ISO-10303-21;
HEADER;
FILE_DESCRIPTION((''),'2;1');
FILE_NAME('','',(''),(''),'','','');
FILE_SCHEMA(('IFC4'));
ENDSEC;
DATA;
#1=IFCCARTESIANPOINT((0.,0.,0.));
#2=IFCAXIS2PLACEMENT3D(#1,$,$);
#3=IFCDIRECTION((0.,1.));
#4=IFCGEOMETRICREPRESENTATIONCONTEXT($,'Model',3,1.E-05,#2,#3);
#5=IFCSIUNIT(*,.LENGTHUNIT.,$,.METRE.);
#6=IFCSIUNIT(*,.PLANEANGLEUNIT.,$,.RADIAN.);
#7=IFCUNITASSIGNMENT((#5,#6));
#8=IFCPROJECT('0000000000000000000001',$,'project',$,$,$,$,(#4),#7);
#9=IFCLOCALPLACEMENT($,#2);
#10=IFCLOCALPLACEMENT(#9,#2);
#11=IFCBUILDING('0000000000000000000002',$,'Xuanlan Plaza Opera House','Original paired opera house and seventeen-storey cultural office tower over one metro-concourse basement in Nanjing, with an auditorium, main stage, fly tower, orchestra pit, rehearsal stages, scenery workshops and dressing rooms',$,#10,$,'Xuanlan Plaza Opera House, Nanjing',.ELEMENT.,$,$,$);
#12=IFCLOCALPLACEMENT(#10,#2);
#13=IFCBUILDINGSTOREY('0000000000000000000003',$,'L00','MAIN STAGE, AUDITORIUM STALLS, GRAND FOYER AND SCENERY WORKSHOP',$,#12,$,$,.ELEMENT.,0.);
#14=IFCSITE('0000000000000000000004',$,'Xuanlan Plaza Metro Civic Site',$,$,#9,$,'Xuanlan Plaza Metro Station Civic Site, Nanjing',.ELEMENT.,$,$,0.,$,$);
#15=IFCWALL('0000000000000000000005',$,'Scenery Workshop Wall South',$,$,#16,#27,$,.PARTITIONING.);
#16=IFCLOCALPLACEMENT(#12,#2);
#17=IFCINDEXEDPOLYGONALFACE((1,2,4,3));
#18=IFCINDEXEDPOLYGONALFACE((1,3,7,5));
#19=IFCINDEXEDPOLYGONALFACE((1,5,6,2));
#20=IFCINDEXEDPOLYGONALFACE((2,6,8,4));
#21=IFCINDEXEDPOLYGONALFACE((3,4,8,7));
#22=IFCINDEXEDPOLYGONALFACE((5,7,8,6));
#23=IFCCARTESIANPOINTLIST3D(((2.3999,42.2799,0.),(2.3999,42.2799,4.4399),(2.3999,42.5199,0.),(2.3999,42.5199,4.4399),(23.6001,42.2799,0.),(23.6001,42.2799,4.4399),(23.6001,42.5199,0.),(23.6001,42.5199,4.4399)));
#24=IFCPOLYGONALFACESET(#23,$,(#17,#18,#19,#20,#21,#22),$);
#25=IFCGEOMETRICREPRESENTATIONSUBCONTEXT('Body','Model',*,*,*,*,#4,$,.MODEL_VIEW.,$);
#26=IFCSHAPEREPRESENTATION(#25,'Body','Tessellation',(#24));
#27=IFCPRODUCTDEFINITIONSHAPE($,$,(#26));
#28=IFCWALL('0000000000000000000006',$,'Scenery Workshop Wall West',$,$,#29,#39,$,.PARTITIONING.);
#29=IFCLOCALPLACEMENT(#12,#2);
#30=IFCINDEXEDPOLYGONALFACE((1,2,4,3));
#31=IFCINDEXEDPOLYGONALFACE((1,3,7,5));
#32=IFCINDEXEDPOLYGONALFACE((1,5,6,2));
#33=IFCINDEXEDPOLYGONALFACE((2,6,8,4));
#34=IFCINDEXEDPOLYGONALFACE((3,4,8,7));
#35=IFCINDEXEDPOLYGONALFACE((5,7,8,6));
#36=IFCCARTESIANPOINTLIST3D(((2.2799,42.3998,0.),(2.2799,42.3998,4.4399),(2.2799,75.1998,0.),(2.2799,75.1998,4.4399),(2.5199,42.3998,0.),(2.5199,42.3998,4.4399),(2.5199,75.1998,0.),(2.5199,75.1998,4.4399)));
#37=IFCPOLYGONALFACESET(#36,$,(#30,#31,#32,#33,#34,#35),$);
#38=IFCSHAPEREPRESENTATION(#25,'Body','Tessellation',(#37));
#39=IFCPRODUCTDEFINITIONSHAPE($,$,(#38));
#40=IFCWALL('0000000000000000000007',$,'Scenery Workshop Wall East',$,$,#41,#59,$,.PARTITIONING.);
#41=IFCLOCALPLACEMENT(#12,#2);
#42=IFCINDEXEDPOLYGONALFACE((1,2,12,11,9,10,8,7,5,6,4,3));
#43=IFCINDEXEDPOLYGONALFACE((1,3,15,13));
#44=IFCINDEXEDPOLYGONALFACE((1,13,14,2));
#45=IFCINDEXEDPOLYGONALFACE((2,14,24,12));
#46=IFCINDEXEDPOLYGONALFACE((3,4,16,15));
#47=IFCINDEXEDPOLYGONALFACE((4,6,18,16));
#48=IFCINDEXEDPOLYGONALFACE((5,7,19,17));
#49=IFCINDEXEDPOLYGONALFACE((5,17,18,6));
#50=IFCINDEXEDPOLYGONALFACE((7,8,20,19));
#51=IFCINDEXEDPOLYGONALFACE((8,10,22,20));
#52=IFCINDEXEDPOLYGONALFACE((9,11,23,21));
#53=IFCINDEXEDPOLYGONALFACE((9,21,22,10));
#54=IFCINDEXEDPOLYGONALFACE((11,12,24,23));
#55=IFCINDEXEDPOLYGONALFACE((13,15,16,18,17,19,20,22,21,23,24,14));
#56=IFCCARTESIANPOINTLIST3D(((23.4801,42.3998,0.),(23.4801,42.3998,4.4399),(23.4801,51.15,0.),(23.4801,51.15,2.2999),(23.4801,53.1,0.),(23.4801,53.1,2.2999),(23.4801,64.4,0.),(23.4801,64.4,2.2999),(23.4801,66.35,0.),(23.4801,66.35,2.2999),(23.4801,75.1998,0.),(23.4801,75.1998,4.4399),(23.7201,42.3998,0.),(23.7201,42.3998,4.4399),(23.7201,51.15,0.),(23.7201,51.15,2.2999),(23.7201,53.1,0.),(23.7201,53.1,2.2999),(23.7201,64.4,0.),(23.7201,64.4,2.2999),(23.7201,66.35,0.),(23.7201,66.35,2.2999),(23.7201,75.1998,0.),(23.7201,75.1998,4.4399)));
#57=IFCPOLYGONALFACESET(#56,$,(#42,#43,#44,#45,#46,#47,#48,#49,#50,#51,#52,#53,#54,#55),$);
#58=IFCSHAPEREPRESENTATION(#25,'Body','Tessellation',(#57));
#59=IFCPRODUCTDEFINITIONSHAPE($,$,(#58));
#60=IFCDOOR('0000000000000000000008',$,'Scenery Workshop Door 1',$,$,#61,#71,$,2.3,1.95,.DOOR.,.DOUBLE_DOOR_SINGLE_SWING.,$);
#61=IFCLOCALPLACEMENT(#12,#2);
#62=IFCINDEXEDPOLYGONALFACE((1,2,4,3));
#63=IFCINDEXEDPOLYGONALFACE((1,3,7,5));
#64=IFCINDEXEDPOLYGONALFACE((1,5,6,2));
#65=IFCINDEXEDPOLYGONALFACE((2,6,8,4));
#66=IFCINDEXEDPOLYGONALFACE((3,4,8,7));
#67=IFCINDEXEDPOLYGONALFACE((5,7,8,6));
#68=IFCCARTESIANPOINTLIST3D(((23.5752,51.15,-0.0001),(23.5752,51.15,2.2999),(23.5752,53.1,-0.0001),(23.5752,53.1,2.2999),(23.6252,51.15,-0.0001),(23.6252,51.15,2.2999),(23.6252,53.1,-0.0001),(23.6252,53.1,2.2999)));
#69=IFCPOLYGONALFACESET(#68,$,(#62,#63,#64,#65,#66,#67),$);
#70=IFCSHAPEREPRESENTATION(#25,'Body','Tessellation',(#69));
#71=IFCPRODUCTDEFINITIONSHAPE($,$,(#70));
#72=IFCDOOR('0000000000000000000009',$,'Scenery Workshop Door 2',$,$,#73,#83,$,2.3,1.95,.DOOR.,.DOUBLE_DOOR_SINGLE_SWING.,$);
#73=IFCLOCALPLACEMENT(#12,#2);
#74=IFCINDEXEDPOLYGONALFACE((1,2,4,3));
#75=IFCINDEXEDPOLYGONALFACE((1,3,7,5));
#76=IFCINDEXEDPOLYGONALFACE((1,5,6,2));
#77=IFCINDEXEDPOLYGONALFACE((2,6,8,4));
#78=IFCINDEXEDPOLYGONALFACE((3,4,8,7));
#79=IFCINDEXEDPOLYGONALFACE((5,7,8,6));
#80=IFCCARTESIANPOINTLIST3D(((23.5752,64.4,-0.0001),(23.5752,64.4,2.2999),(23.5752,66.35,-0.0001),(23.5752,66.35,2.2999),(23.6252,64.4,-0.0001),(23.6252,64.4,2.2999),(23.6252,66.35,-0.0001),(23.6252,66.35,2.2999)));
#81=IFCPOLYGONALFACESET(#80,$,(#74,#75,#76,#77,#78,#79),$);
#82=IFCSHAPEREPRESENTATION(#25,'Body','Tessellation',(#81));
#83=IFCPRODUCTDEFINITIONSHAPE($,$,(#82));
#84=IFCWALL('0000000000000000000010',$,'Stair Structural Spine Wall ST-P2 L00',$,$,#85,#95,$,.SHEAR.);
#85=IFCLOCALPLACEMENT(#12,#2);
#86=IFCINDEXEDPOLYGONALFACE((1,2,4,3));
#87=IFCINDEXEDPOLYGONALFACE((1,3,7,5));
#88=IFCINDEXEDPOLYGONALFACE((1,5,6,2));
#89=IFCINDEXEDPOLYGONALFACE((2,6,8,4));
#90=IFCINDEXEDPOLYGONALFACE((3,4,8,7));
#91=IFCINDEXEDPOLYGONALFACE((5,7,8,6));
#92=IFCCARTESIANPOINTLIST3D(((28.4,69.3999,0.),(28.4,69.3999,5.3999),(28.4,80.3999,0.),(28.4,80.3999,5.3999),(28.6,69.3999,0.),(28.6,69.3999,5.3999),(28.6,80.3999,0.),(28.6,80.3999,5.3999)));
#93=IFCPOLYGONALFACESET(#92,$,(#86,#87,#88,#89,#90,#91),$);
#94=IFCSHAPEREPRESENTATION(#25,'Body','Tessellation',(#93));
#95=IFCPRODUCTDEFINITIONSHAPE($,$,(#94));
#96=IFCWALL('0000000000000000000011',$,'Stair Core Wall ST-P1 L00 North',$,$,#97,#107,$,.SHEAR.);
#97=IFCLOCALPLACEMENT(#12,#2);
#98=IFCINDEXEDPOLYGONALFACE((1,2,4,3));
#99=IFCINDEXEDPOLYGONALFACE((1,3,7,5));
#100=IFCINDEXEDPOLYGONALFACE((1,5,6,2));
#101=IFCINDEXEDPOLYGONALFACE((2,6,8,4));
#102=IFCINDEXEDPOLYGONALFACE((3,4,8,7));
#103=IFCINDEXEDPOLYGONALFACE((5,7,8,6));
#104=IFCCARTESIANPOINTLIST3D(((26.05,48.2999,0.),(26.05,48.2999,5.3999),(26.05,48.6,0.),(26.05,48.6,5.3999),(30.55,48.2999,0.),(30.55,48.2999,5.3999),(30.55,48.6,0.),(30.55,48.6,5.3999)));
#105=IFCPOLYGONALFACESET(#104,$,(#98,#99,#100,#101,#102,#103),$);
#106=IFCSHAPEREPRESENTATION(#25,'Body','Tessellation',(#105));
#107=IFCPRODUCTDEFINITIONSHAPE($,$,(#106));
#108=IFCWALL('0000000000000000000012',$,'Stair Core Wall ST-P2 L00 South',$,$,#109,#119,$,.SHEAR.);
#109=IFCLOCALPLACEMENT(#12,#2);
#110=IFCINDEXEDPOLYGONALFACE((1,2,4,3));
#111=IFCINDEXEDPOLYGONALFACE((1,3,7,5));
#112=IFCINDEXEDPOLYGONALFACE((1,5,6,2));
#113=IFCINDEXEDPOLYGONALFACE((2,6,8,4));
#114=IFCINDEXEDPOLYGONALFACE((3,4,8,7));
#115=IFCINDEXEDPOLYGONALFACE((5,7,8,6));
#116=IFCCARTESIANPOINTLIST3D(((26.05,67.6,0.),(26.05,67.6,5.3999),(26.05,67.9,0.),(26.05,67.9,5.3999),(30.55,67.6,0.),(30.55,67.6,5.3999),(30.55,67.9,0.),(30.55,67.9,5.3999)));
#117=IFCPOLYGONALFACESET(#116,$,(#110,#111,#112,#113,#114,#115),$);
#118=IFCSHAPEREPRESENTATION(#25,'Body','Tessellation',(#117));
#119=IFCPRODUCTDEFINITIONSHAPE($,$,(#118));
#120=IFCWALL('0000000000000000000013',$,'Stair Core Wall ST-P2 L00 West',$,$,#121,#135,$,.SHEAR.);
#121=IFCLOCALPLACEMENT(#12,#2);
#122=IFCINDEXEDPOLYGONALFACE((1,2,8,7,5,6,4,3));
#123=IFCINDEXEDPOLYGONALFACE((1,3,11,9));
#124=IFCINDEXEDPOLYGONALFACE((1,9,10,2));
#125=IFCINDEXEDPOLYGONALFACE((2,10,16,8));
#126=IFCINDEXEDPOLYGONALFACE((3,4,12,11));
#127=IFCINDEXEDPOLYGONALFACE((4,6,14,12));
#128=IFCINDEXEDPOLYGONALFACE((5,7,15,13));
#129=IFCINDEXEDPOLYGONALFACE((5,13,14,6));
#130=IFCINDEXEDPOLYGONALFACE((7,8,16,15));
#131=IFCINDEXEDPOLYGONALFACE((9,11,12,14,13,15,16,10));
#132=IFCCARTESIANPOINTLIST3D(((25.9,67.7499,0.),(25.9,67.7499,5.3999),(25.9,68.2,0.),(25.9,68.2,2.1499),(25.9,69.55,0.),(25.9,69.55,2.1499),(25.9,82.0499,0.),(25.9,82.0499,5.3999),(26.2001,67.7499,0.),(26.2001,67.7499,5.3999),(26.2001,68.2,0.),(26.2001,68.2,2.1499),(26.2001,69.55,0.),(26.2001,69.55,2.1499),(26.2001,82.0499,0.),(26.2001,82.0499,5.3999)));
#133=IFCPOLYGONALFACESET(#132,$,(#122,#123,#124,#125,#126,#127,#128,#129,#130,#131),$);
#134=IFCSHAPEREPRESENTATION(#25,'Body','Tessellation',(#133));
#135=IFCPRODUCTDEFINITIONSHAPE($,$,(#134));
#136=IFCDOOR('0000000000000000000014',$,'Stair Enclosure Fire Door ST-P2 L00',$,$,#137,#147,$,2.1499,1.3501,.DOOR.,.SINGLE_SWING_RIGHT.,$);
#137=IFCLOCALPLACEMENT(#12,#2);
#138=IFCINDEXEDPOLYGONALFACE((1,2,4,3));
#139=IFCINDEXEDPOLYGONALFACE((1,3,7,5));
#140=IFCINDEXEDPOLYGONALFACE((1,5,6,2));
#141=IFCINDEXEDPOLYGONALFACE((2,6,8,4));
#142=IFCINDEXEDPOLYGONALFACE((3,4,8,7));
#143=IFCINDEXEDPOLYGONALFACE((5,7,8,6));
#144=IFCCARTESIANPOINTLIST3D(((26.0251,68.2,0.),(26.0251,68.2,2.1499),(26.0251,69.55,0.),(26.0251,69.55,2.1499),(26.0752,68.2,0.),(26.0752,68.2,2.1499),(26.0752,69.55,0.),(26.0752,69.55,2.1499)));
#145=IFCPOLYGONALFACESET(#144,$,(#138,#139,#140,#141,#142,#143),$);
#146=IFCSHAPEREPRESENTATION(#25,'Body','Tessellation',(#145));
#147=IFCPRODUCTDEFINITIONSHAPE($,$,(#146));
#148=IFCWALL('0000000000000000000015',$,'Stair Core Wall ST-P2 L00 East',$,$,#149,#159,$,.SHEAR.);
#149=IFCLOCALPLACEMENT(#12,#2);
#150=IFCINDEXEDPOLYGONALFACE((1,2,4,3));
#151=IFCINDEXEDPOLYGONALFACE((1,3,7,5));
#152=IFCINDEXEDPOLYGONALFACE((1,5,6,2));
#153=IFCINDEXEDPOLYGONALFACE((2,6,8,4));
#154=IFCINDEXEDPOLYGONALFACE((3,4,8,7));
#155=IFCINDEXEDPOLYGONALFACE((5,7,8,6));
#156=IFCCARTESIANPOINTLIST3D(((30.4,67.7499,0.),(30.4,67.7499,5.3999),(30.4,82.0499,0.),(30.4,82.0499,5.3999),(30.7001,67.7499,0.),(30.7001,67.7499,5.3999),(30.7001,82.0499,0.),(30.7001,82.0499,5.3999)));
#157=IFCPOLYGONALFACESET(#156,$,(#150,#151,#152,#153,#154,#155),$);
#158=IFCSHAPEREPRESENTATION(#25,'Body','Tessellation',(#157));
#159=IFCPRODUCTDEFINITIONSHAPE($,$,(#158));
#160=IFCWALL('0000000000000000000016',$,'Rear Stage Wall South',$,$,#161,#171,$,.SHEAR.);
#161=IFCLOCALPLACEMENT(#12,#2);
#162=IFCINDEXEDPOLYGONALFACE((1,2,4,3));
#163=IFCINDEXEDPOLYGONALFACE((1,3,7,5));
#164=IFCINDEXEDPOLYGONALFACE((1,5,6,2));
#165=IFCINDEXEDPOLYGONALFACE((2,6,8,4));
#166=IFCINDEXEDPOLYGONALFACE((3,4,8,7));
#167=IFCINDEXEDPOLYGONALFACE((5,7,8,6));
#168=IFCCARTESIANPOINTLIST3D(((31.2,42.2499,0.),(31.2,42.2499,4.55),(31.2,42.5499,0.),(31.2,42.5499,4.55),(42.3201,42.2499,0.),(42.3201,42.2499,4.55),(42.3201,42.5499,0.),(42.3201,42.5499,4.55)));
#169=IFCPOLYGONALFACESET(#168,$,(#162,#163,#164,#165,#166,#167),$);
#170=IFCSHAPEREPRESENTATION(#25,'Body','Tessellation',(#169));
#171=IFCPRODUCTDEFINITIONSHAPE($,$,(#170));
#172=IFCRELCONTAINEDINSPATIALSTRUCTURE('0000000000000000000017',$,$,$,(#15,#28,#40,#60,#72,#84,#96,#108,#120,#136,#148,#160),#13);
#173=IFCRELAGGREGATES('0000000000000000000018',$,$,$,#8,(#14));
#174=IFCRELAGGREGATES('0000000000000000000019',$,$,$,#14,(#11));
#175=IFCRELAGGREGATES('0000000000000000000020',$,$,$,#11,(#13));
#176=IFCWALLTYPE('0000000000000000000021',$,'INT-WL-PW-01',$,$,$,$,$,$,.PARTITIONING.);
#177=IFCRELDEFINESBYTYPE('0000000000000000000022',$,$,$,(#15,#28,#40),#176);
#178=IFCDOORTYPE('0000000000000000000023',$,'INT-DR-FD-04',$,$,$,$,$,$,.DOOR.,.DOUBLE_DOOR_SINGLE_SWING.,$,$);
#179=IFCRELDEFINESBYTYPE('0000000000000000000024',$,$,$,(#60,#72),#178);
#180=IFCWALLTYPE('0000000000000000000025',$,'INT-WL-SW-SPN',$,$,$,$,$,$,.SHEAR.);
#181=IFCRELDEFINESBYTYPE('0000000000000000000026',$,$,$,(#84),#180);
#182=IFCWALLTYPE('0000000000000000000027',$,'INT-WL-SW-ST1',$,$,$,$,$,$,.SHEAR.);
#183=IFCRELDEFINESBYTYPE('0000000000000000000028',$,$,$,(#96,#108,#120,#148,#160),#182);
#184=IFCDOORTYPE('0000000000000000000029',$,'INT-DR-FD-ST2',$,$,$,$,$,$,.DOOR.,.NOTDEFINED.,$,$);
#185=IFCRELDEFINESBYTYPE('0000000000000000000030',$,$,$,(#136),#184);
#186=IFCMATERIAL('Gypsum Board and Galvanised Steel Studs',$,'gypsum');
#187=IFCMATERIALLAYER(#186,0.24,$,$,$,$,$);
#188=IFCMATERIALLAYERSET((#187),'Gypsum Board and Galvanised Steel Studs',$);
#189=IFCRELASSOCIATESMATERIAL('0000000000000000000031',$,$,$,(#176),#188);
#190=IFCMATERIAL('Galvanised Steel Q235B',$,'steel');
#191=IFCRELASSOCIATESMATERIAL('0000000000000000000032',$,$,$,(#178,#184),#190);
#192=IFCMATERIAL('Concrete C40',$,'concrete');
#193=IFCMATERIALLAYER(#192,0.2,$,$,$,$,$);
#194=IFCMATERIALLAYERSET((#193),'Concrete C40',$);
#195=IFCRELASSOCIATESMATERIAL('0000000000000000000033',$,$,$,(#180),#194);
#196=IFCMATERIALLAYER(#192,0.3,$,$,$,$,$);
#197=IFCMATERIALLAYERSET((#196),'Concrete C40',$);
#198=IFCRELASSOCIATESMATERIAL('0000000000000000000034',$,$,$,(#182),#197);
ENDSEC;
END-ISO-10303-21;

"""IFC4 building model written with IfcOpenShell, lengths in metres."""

from ifc_helpers import new_model, si_unit, direction, frame, frame_2d, origin, place, context, subcontext, project, spatial, rectangle, extrude, material, layer, layer_set, type_object, element, fill, save


model = new_model("IFC4")

# Units and contexts
model_context = context("Model", 3, precision=1e-05, world=origin(), true_north=direction((0.0, 1.0)))
body_context = subcontext(model_context, "Body", "Model", "MODEL_VIEW")
ifc_project = project(units=[si_unit("LENGTHUNIT", "METRE"), si_unit("PLANEANGLEUNIT", "RADIAN")], contexts=[model_context])

# Site, building, storey
site_placement = place(None, origin())
site = spatial("IfcSite", under=ifc_project, at=site_placement, Name="Xuanlan Plaza Metro Civic Site", LongName="Xuanlan Plaza Metro Station Civic Site, Nanjing", CompositionType="ELEMENT", RefElevation=0.0)
building_placement = place(site_placement, origin())
building = spatial("IfcBuilding", under=site, at=building_placement, Name="Xuanlan Plaza Opera House", Description="Original paired opera house and seventeen-storey cultural office tower over one metro-concourse basement in Nanjing, with an auditorium, main stage, fly tower, orchestra pit, rehearsal stages, scenery workshops and dressing rooms", LongName="Xuanlan Plaza Opera House, Nanjing", CompositionType="ELEMENT")
storey_placement = place(building_placement, origin())
storey = spatial("IfcBuildingStorey", under=building, at=storey_placement, Name="L00", Description="MAIN STAGE, AUDITORIUM STALLS, GRAND FOYER AND SCENERY WORKSHOP", CompositionType="ELEMENT", Elevation=0.0)

# Shared definitions
ifc_material_1 = material(Name="Concrete C40", Category="concrete")

# Walls
ifc_material_2 = material(Name="Gypsum Board and Galvanised Steel Studs", Category="gypsum")
ifc_layer_1 = layer(ifc_material_2, 0.24)
ifc_layer_set_1 = layer_set([ifc_layer_1], Name="Gypsum Board and Galvanised Steel Studs")
wall_type_1 = type_object("IfcWallType", Name="INT-WL-PW-01", PredefinedType="PARTITIONING", material=ifc_layer_set_1)
wall_1_placement = place(storey_placement, frame((2.3999, 42.3999, 0.0), z_axis=(0.0, 0.0, 1.0), x_axis=(1.0, 0.0, 0.0)))
element("IfcWall", 1, at=wall_1_placement, inside=storey, type_object=wall_type_1, Name="Scenery Workshop Wall South", PredefinedType="PARTITIONING", context=body_context, shape_type="SweptSolid", body=[
    extrude(rectangle(XDim=21.2002, YDim=0.24, at=frame_2d((10.6001, 0.0))), origin(), (0.0, 0.0, 1.0), 4.4399),
])
wall_2_placement = place(storey_placement, frame((2.3999, 42.3999, 0.0), z_axis=(0.0, 0.0, 1.0), x_axis=(0.0, 1.0, 0.0)))
element("IfcWall", 2, at=wall_2_placement, inside=storey, type_object=wall_type_1, Name="Scenery Workshop Wall West", PredefinedType="PARTITIONING", context=body_context, shape_type="SweptSolid", body=[
    extrude(rectangle(XDim=32.8, YDim=0.24, at=frame_2d((16.3999, 0.0))), origin(), (0.0, 0.0, 1.0), 4.4399),
])

# Wall, openings, doors
wall_3_placement = place(storey_placement, frame((23.6001, 42.3999, 0.0), z_axis=(0.0, 0.0, 1.0), x_axis=(0.0, 1.0, 0.0)))
wall_3 = element("IfcWall", 3, at=wall_3_placement, inside=storey, type_object=wall_type_1, Name="Scenery Workshop Wall East", PredefinedType="PARTITIONING", context=body_context, shape_type="SweptSolid", body=[
    extrude(rectangle(XDim=32.8, YDim=0.24, at=frame_2d((16.3999, 0.0))), origin(), (0.0, 0.0, 1.0), 4.4399),
])
opening_1_placement = place(wall_3_placement, frame((8.75, 0.0, 0.0)))
opening_1 = element("IfcOpeningElement", 4, at=opening_1_placement, cuts=wall_3, PredefinedType="OPENING", context=body_context, shape_type="SweptSolid", body=[
    extrude(rectangle(XDim=1.95, YDim=2.3, at=frame_2d((0.9751, 1.1499))), frame((0.0, 0.1299, 0.0), z_axis=(0.0, -1.0, 0.0), x_axis=(1.0, 0.0, 0.0)), (0.0, 0.0, 1.0), 0.26),
])
opening_2_placement = place(wall_3_placement, frame((22.0, 0.0, 0.0)))
opening_2 = element("IfcOpeningElement", 5, at=opening_2_placement, cuts=wall_3, PredefinedType="OPENING", context=body_context, shape_type="SweptSolid", body=[
    extrude(rectangle(XDim=1.95, YDim=2.3, at=frame_2d((0.9751, 1.1499))), frame((0.0, 0.1299, 0.0), z_axis=(0.0, -1.0, 0.0), x_axis=(1.0, 0.0, 0.0)), (0.0, 0.0, 1.0), 0.26),
])
ifc_material_3 = material(Name="Galvanised Steel Q235B", Category="steel")
door_type_1 = type_object("IfcDoorType", Name="INT-DR-FD-04", OperationType="DOUBLE_DOOR_SINGLE_SWING", PredefinedType="DOOR", material=ifc_material_3)
door_1_placement = place(opening_1_placement, origin())
door_1 = element("IfcDoor", 6, at=door_1_placement, inside=storey, type_object=door_type_1, Name="Scenery Workshop Door 1", OperationType="DOUBLE_DOOR_SINGLE_SWING", OverallHeight=2.3, OverallWidth=1.95, PredefinedType="DOOR", context=body_context, shape_type="SweptSolid", body=[
    extrude(rectangle(XDim=1.95, YDim=2.3, at=frame_2d((0.9751, 1.1499))), frame((0.0, 0.0249, 0.0), z_axis=(0.0, -1.0, 0.0), x_axis=(1.0, 0.0, 0.0)), (0.0, 0.0, 1.0), 0.05),
])
fill(opening_1, door_1)
door_2_placement = place(opening_2_placement, origin())
door_2 = element("IfcDoor", 7, at=door_2_placement, inside=storey, type_object=door_type_1, Name="Scenery Workshop Door 2", OperationType="DOUBLE_DOOR_SINGLE_SWING", OverallHeight=2.3, OverallWidth=1.95, PredefinedType="DOOR", context=body_context, shape_type="SweptSolid", body=[
    extrude(rectangle(XDim=1.95, YDim=2.3, at=frame_2d((0.9751, 1.1499))), frame((0.0, 0.0249, 0.0), z_axis=(0.0, -1.0, 0.0), x_axis=(1.0, 0.0, 0.0)), (0.0, 0.0, 1.0), 0.05),
])
fill(opening_2, door_2)

# Walls
ifc_layer_2 = layer(ifc_material_1, 0.2)
ifc_layer_set_2 = layer_set([ifc_layer_2], Name="Concrete C40")
wall_type_2 = type_object("IfcWallType", Name="INT-WL-SW-SPN", PredefinedType="SHEAR", material=ifc_layer_set_2)
wall_4_placement = place(storey_placement, frame((28.5, 69.3999, 0.0), z_axis=(0.0, 0.0, 1.0), x_axis=(0.0, 1.0, 0.0)))
element("IfcWall", 8, at=wall_4_placement, inside=storey, type_object=wall_type_2, Name="Stair Structural Spine Wall ST-P2 L00", PredefinedType="SHEAR", context=body_context, shape_type="SweptSolid", body=[
    extrude(rectangle(XDim=11.0, YDim=0.2, at=frame_2d((5.5, 0.0))), origin(), (0.0, 0.0, 1.0), 5.3999),
])
ifc_layer_3 = layer(ifc_material_1, 0.3)
ifc_layer_set_3 = layer_set([ifc_layer_3], Name="Concrete C40")
wall_type_3 = type_object("IfcWallType", Name="INT-WL-SW-ST1", PredefinedType="SHEAR", material=ifc_layer_set_3)
for number, where, z_axis, x_axis, name in (
    (9, (26.05, 48.45, 0.0), (0.0, 0.0, 1.0), (1.0, 0.0, 0.0), "Stair Core Wall ST-P1 L00 North"),
    (10, (26.05, 67.75, 0.0), (0.0, 0.0, 1.0), (1.0, 0.0, 0.0), "Stair Core Wall ST-P2 L00 South"),
):
    element("IfcWall", number, at=place(storey_placement, frame(where, z_axis=z_axis, x_axis=x_axis)), inside=storey, type_object=wall_type_3, Name=name, PredefinedType="SHEAR", context=body_context, shape_type="SweptSolid", body=[
        extrude(rectangle(XDim=4.5, YDim=0.3, at=frame_2d((2.25, 0.0))), origin(), (0.0, 0.0, 1.0), 5.3999),
    ])

# Wall, opening, door
wall_5_placement = place(storey_placement, frame((26.05, 67.75, 0.0), z_axis=(0.0, 0.0, 1.0), x_axis=(0.0, 1.0, 0.0)))
wall_5 = element("IfcWall", 11, at=wall_5_placement, inside=storey, type_object=wall_type_3, Name="Stair Core Wall ST-P2 L00 West", PredefinedType="SHEAR", context=body_context, shape_type="SweptSolid", body=[
    extrude(rectangle(XDim=14.3, YDim=0.3, at=frame_2d((7.1499, 0.0))), origin(), (0.0, 0.0, 1.0), 5.3999),
])
opening_3_placement = place(wall_5_placement, frame((0.45, 0.0, 0.0)))
opening_3 = element("IfcOpeningElement", 12, at=opening_3_placement, cuts=wall_5, PredefinedType="OPENING", context=body_context, shape_type="SweptSolid", body=[
    extrude(rectangle(XDim=1.3501, YDim=2.1499, at=frame_2d((0.675, 1.075))), frame((0.0, 0.1599, 0.0), z_axis=(0.0, -1.0, 0.0), x_axis=(1.0, 0.0, 0.0)), (0.0, 0.0, 1.0), 0.3201),
])
door_type_2 = type_object("IfcDoorType", Name="INT-DR-FD-ST2", OperationType="NOTDEFINED", PredefinedType="DOOR", material=ifc_material_3)
door_3_placement = place(opening_3_placement, origin())
door_3 = element("IfcDoor", 13, at=door_3_placement, inside=storey, type_object=door_type_2, Name="Stair Enclosure Fire Door ST-P2 L00", OperationType="SINGLE_SWING_RIGHT", OverallHeight=2.1499, OverallWidth=1.3501, PredefinedType="DOOR", context=body_context, shape_type="SweptSolid", body=[
    extrude(rectangle(XDim=1.3501, YDim=2.1499, at=frame_2d((0.675, 1.075))), frame((0.0, 0.0249, 0.0), z_axis=(0.0, -1.0, 0.0), x_axis=(1.0, 0.0, 0.0)), (0.0, 0.0, 1.0), 0.05),
])
fill(opening_3, door_3)

# Walls
wall_6_placement = place(storey_placement, frame((30.55, 67.75, 0.0), z_axis=(0.0, 0.0, 1.0), x_axis=(0.0, 1.0, 0.0)))
element("IfcWall", 14, at=wall_6_placement, inside=storey, type_object=wall_type_3, Name="Stair Core Wall ST-P2 L00 East", PredefinedType="SHEAR", context=body_context, shape_type="SweptSolid", body=[
    extrude(rectangle(XDim=14.3, YDim=0.3, at=frame_2d((7.1499, 0.0))), origin(), (0.0, 0.0, 1.0), 5.3999),
])
wall_7_placement = place(storey_placement, frame((31.2, 42.3999, 0.0), z_axis=(0.0, 0.0, 1.0), x_axis=(1.0, 0.0, 0.0)))
element("IfcWall", 15, at=wall_7_placement, inside=storey, type_object=wall_type_3, Name="Rear Stage Wall South", PredefinedType="SHEAR", context=body_context, shape_type="SweptSolid", body=[
    extrude(rectangle(XDim=11.1201, YDim=0.3, at=frame_2d((5.5601, 0.0))), origin(), (0.0, 0.0, 1.0), 4.55),
])

save(model, "model.ifc")
